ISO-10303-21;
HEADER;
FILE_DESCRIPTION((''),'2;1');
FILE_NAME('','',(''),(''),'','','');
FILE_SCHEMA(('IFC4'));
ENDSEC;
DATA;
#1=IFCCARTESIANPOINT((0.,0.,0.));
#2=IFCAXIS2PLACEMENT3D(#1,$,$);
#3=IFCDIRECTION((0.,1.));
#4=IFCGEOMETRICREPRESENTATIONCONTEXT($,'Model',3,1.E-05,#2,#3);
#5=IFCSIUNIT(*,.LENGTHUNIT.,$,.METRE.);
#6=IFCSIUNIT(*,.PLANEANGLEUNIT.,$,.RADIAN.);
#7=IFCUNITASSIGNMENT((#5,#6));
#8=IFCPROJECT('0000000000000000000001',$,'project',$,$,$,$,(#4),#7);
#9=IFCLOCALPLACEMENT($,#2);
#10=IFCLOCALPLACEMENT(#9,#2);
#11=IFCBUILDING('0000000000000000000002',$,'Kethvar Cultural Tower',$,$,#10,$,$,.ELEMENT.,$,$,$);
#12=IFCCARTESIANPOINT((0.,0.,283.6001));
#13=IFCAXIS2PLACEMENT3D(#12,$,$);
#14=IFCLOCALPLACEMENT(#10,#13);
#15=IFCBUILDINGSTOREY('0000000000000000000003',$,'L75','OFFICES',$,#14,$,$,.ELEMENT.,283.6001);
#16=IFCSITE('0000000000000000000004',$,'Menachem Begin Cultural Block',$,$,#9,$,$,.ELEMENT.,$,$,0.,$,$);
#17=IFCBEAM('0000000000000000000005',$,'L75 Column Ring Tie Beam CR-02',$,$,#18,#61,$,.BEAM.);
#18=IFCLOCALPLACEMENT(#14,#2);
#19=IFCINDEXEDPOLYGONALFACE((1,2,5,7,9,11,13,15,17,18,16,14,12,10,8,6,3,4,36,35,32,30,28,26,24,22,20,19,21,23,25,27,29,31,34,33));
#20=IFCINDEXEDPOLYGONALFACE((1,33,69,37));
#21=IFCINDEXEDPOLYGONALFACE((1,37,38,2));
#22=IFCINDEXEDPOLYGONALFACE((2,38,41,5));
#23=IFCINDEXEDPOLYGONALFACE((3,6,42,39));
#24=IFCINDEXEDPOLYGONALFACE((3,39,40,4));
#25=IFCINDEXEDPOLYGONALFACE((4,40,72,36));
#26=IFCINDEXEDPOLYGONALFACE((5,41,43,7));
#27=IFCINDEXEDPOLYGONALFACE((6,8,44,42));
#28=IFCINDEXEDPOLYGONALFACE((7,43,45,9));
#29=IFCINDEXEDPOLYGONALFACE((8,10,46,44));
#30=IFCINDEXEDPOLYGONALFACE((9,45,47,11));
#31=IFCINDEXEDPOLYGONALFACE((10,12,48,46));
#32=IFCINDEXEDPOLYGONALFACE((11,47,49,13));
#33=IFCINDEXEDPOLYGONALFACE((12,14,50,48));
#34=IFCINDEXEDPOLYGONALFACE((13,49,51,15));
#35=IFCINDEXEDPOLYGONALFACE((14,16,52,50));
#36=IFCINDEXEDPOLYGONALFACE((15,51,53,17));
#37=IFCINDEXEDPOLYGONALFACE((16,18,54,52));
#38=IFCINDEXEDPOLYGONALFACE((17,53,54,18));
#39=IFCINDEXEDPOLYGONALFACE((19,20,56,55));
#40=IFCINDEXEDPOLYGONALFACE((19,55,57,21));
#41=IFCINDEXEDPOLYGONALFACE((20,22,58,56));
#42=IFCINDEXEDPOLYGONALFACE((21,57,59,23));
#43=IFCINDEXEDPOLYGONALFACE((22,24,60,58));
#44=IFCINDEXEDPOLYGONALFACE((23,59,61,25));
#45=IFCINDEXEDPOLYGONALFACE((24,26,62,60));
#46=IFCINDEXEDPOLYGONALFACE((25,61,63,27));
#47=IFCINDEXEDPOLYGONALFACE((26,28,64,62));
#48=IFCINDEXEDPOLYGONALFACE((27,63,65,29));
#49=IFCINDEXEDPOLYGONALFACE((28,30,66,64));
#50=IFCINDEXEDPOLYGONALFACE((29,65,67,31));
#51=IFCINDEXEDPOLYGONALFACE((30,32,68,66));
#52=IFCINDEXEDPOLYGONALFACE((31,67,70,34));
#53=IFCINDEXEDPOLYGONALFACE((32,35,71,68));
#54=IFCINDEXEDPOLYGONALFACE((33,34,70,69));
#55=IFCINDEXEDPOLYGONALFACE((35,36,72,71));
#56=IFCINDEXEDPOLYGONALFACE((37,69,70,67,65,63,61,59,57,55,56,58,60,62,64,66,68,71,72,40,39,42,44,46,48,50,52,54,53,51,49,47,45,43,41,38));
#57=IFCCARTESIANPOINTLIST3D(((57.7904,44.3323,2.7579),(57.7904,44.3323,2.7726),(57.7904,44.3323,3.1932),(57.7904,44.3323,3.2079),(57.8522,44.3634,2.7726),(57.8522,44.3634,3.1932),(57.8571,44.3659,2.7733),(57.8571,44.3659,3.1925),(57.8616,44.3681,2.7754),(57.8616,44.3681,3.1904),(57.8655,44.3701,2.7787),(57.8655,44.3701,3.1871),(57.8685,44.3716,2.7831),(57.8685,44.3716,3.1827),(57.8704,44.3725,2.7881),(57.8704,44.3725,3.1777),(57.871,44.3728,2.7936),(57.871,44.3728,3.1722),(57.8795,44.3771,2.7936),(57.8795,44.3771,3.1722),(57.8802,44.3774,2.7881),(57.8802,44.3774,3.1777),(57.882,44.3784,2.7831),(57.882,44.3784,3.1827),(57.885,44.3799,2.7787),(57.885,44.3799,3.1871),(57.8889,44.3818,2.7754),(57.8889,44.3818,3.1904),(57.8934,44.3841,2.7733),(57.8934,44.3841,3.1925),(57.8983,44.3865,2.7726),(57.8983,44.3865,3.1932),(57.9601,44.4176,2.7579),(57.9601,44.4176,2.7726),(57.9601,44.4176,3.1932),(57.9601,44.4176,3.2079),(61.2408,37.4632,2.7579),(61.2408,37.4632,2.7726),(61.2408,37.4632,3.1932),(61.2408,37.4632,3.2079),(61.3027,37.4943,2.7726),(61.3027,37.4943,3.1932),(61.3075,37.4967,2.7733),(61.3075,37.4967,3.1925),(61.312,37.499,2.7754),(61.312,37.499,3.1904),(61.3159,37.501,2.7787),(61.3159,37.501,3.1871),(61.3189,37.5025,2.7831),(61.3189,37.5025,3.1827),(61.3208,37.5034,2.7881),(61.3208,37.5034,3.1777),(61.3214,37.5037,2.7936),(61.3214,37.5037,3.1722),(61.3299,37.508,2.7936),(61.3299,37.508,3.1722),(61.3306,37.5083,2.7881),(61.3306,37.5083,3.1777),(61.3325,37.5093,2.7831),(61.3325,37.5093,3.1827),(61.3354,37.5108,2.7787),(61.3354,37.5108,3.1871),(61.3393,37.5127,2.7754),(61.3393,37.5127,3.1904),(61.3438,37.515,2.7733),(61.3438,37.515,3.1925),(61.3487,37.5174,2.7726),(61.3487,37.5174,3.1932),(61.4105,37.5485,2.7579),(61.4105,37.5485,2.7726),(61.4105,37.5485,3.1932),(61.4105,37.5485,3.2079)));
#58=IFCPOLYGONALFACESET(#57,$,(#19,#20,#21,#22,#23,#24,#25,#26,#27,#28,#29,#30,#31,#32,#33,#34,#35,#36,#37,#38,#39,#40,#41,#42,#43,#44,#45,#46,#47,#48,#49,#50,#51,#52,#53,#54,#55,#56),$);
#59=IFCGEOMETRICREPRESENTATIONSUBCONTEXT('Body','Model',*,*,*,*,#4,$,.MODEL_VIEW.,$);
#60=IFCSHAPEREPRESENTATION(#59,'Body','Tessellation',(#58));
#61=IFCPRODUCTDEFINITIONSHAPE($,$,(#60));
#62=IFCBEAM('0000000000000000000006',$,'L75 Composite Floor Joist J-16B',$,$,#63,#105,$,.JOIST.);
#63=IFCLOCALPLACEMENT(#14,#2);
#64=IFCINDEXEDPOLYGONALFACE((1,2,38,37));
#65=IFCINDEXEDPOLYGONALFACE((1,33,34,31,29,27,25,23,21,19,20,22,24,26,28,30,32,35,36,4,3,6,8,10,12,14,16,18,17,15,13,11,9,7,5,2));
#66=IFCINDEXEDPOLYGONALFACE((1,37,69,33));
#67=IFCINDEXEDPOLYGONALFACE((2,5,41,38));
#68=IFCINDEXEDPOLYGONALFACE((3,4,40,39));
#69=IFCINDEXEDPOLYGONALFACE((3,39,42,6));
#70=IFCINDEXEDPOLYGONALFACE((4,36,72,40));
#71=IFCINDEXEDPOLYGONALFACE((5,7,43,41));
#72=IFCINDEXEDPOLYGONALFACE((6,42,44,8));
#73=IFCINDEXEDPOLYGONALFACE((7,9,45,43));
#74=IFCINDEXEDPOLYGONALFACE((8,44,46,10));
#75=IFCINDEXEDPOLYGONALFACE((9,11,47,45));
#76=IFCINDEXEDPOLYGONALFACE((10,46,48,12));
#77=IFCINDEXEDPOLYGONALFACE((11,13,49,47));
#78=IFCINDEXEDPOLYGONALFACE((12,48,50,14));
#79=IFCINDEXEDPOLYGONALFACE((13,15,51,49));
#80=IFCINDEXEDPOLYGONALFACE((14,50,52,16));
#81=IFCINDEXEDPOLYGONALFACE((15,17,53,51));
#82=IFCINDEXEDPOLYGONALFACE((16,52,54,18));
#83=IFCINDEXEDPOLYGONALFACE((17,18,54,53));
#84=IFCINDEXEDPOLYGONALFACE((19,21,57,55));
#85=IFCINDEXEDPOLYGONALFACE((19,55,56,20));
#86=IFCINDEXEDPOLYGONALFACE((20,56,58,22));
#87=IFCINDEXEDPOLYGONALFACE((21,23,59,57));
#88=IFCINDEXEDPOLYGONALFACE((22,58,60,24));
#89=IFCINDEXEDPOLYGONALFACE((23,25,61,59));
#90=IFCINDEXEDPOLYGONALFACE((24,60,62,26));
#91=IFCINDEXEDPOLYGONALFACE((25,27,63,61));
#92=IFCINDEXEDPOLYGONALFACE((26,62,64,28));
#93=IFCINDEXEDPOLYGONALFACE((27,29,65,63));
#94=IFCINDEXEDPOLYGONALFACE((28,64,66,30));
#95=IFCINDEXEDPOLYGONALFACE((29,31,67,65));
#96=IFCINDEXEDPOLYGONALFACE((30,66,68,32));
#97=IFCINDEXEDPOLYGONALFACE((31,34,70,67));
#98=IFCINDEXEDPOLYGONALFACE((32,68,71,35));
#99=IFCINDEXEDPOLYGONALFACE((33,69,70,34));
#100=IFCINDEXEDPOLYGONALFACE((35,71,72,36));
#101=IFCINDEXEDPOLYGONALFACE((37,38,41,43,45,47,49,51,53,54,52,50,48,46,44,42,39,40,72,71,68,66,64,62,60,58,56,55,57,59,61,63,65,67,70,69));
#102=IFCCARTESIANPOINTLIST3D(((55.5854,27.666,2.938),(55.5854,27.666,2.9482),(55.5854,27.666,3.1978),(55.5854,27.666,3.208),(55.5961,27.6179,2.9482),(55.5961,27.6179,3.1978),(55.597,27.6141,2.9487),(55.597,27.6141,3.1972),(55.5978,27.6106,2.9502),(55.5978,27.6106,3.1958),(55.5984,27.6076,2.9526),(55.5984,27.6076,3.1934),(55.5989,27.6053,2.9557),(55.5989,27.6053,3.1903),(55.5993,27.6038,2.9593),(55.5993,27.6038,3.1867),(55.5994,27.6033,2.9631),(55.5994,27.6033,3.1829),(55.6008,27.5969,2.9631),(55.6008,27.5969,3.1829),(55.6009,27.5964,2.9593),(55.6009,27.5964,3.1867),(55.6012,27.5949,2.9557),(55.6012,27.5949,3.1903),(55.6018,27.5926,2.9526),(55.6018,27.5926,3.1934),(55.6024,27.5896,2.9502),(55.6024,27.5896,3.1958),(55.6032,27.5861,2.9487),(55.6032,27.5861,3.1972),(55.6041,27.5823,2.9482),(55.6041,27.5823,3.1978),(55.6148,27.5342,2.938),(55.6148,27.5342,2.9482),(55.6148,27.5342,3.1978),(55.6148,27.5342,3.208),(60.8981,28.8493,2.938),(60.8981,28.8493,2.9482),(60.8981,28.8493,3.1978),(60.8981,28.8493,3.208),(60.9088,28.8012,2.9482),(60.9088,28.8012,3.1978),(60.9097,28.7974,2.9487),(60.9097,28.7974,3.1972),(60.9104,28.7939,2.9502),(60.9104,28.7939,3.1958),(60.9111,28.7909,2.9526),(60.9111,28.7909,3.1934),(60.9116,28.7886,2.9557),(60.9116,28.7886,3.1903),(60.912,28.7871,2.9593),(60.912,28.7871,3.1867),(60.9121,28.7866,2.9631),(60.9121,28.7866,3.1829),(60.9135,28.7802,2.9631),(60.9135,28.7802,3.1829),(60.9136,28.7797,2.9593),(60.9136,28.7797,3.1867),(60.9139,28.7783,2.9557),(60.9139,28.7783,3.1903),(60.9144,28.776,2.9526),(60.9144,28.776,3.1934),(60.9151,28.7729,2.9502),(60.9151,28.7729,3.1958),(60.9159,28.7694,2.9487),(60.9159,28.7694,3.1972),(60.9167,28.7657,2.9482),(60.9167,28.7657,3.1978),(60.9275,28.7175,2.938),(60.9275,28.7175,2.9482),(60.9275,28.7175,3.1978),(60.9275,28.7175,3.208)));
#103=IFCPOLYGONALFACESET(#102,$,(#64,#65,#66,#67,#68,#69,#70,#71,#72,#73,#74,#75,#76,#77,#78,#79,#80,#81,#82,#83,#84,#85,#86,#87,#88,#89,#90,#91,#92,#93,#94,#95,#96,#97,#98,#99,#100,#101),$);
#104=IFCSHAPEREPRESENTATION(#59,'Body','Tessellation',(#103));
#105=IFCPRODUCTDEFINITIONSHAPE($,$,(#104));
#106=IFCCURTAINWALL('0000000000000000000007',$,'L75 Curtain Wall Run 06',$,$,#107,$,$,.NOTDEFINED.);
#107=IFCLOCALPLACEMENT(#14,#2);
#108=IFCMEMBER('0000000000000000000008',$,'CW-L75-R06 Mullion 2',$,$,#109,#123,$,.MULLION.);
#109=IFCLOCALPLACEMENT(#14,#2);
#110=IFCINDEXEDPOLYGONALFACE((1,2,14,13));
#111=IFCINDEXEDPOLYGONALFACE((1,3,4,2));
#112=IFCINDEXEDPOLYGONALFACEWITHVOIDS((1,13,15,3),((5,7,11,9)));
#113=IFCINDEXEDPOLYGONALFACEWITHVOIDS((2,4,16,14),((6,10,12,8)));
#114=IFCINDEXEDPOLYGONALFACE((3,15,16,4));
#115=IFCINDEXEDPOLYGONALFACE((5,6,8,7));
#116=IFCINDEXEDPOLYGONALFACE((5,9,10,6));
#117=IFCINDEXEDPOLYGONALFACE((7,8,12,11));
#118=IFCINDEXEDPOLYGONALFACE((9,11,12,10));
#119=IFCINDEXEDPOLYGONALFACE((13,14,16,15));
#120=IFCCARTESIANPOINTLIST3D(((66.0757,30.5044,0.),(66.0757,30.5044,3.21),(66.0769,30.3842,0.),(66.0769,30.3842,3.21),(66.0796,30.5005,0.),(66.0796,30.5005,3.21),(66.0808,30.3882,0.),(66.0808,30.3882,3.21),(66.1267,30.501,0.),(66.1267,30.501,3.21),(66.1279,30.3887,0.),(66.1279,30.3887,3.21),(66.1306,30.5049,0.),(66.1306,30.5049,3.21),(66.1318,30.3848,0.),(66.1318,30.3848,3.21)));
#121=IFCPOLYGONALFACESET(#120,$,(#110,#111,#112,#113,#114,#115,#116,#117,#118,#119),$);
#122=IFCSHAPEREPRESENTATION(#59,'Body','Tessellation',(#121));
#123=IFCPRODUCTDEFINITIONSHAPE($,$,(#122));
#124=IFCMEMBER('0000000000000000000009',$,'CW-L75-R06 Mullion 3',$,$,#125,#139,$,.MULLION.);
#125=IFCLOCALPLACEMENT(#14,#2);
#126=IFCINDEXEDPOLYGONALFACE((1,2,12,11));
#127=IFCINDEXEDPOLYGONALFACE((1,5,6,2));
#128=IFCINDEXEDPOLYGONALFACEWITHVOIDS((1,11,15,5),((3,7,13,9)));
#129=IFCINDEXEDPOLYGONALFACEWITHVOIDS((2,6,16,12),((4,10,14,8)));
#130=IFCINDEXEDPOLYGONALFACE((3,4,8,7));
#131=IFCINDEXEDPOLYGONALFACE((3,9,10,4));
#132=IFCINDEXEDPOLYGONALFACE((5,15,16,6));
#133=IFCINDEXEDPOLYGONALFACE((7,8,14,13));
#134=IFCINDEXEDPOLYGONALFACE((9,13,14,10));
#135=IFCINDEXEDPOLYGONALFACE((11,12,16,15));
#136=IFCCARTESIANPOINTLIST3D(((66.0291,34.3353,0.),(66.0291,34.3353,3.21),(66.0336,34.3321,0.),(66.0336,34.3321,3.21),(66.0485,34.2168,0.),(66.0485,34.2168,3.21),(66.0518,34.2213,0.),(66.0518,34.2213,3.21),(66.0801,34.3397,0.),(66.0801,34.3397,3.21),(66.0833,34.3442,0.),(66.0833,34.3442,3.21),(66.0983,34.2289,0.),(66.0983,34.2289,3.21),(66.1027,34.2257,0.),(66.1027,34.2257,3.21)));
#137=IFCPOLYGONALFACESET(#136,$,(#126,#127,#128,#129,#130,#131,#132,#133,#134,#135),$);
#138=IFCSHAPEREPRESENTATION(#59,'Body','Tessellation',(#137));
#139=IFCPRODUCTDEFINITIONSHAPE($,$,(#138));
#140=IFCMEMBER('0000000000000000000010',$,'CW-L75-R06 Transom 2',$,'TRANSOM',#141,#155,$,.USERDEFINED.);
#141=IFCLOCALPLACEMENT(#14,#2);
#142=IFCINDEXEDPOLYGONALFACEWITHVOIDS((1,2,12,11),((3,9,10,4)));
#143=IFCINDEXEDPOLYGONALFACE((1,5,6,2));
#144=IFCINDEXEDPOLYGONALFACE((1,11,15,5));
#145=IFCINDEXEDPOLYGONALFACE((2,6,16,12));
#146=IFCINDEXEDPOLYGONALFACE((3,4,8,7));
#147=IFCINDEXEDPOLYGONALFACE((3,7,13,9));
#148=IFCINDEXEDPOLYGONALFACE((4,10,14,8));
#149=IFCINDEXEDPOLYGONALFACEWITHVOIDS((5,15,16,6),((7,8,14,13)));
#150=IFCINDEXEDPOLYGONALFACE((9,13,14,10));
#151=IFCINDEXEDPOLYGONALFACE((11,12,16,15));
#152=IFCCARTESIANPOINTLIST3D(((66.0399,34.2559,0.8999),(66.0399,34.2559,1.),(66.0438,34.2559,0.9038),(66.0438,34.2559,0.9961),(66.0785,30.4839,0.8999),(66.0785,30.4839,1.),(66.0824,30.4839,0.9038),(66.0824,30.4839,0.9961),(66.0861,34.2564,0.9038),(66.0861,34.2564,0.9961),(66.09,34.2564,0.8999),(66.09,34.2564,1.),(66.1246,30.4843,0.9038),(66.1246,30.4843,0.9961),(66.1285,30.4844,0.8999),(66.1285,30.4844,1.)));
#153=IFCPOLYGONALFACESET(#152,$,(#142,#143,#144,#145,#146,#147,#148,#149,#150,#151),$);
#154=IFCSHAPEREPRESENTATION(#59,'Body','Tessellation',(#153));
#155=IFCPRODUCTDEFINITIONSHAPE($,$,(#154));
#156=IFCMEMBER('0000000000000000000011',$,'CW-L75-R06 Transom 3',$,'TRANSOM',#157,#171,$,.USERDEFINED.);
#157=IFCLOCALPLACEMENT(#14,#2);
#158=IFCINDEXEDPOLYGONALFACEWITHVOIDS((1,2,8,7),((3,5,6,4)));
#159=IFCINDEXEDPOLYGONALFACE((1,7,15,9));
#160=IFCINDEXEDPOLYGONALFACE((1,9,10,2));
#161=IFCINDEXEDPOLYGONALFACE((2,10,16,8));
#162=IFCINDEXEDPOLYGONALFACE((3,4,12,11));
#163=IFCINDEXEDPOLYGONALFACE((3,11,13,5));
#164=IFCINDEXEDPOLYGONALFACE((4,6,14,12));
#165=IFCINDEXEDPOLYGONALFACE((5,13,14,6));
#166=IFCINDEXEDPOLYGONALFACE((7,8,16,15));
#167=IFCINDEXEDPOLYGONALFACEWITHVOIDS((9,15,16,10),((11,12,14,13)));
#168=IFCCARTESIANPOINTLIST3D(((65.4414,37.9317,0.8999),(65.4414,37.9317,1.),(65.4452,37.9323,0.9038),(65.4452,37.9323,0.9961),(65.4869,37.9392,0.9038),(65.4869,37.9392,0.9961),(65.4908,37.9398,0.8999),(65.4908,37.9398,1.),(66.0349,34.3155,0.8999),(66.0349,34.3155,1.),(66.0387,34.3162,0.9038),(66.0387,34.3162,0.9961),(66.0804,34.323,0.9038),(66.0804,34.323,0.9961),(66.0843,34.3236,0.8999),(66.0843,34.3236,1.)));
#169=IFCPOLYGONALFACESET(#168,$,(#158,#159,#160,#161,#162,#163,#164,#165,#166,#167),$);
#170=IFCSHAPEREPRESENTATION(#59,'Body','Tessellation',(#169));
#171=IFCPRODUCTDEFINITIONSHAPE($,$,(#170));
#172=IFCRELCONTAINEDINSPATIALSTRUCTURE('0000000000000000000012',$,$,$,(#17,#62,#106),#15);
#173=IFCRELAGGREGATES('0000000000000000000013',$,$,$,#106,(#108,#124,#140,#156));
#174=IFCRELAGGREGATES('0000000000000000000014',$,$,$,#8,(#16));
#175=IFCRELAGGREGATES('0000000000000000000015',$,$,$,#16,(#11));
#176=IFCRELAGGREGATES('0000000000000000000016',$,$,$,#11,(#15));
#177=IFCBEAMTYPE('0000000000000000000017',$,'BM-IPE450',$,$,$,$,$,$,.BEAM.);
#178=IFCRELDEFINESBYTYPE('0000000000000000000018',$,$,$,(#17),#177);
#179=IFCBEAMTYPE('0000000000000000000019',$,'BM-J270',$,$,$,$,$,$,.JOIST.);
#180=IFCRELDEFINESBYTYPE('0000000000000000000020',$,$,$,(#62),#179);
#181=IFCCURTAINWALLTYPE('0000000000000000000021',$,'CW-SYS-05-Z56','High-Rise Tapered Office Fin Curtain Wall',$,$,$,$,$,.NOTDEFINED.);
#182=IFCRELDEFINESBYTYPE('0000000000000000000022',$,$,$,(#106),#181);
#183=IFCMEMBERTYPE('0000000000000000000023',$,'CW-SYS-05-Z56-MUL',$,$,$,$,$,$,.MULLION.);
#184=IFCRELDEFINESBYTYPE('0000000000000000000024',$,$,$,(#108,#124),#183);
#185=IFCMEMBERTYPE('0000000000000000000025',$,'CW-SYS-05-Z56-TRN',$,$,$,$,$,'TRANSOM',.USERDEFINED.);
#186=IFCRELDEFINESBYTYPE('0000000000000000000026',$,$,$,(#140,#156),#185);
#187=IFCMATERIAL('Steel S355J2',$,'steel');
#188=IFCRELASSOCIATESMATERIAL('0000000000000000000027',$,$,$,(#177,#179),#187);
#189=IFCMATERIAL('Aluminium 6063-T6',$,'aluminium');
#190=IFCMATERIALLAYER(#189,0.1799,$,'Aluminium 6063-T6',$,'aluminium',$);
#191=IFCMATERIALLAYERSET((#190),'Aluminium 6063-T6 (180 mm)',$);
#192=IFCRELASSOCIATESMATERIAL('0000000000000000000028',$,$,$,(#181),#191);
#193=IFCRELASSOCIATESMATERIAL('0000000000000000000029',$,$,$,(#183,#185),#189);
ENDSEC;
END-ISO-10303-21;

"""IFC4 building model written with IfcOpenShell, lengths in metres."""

from ifc_helpers import new_model, si_unit, direction, frame, origin, origin_2d, place, context, subcontext, project, spatial, hollow_rectangle, i_section, extrude, source, transform, mapped, material, layer, layer_set, material_profile, profile_set, type_object, element, aggregate, save


model = new_model("IFC4")

# Units and contexts
model_context = context("Model", 3, precision=1e-05, world=origin(), true_north=direction((0.0, 1.0)))
body_context = subcontext(model_context, "Body", "Model", "MODEL_VIEW")
ifc_project = project(units=[si_unit("LENGTHUNIT", "METRE"), si_unit("PLANEANGLEUNIT", "RADIAN")], contexts=[model_context])

# Site, building, storey
site_placement = place(None, origin())
site = spatial("IfcSite", under=ifc_project, at=site_placement, Name="Menachem Begin Cultural Block", CompositionType="ELEMENT", RefElevation=0.0)
building_placement = place(site_placement, origin())
building = spatial("IfcBuilding", under=site, at=building_placement, Name="Kethvar Cultural Tower", CompositionType="ELEMENT")
storey_placement = place(building_placement, frame((0.0, 0.0, 283.6001)))
storey = spatial("IfcBuildingStorey", under=building, at=storey_placement, Name="L75", Description="OFFICES", CompositionType="ELEMENT", Elevation=283.6001)

# Shared definitions
ifc_material_1 = material(Name="Steel S355J2", Category="steel")

# Beams
ifc_material_profile_1 = material_profile(ifc_material_1, i_section(OverallWidth=0.1899, OverallDepth=0.45, WebThickness=0.0095, FlangeThickness=0.0146, FilletRadius=0.021, at=origin_2d()), Name="Steel S355J2 — IPE450")
ifc_profile_set_1 = profile_set([ifc_material_profile_1], Name="Steel S355J2 — IPE450")
beam_type_1 = type_object("IfcBeamType", Name="BM-IPE450", PredefinedType="BEAM", material=ifc_profile_set_1)
ifc_material_profile_2 = material_profile(ifc_material_1, i_section(OverallWidth=0.135, OverallDepth=0.27, WebThickness=0.0066, FlangeThickness=0.0103, FilletRadius=0.0149, at=origin_2d()), Name="Steel S355J2 — IPE270")
ifc_profile_set_2 = profile_set([ifc_material_profile_2], Name="Steel S355J2 — IPE270")
beam_type_2 = type_object("IfcBeamType", Name="BM-J270", PredefinedType="JOIST", material=ifc_profile_set_2)
shared_shape_1 = source(origin(), body_context, "Body", "SweptSolid", [
    extrude(i_section(OverallWidth=0.1899, OverallDepth=0.45, WebThickness=0.0095, FlangeThickness=0.0146, FilletRadius=0.021, at=origin_2d()), origin(), (0.0, 0.0, 1.0), 7.687),
])
beam_1_placement = place(storey_placement, frame((61.3257, 37.5059, 2.9829), z_axis=(-0.448864, 0.8936, 0.0), x_axis=(-0.8936, -0.448864, 0.0)))
element("IfcBeam", 1, at=beam_1_placement, inside=storey, type_object=beam_type_1, Name="L75 Column Ring Tie Beam CR-02", PredefinedType="BEAM", context=body_context, shape_type="MappedRepresentation", body=[
    mapped(shared_shape_1, transform((0.0, 0.0, 0.0), scale=1.0)),
])
shared_shape_2 = source(origin(), body_context, "Body", "SweptSolid", [
    extrude(i_section(OverallWidth=0.135, OverallDepth=0.27, WebThickness=0.0066, FlangeThickness=0.0103, FilletRadius=0.0149, at=origin_2d()), origin(), (0.0, 0.0, 1.0), 5.4429),
])
beam_2_placement = place(storey_placement, frame((55.6001, 27.6001, 3.073), z_axis=(0.97608, 0.21741, 0.0), x_axis=(-0.21741, 0.97608, 0.0)))
element("IfcBeam", 2, at=beam_2_placement, inside=storey, type_object=beam_type_2, Name="L75 Composite Floor Joist J-16B", PredefinedType="JOIST", context=body_context, shape_type="MappedRepresentation", body=[
    mapped(shared_shape_2, transform((0.0, 0.0, 0.0), scale=1.0)),
])

# Curtain wall, members
ifc_material_2 = material(Name="Aluminium 6063-T6", Category="aluminium")
ifc_layer_1 = layer(ifc_material_2, 0.1799, Name="Aluminium 6063-T6", Category="aluminium")
ifc_layer_set_1 = layer_set([ifc_layer_1], Name="Aluminium 6063-T6 (180 mm)")
curtain_wall_type = type_object("IfcCurtainWallType", Name="CW-SYS-05-Z56", Description="High-Rise Tapered Office Fin Curtain Wall", PredefinedType="NOTDEFINED", material=ifc_layer_set_1)
curtain_wall_placement = place(storey_placement, origin())
curtain_wall = element("IfcCurtainWall", 3, at=curtain_wall_placement, inside=storey, type_object=curtain_wall_type, Name="L75 Curtain Wall Run 06", PredefinedType="NOTDEFINED")
ifc_material_profile_3 = material_profile(ifc_material_2, hollow_rectangle(XDim=0.0549, YDim=0.1201, WallThickness=0.0039, at=origin_2d()), Name="Aluminium 6063-T6 — RHS120x55x4")
ifc_profile_set_3 = profile_set([ifc_material_profile_3], Name="Aluminium 6063-T6 — RHS120x55x4")
member_type_1 = type_object("IfcMemberType", Name="CW-SYS-05-Z56-MUL", PredefinedType="MULLION", material=ifc_profile_set_3)
shared_shape_3 = source(origin(), body_context, "Body", "SweptSolid", [
    extrude(hollow_rectangle(XDim=0.0549, YDim=0.1201, WallThickness=0.0039, at=origin_2d()), origin(), (0.0, 0.0, 1.0), 3.21),
])
member_1_placement = place(storey_placement, frame((66.1038, 30.4446, 0.0), z_axis=(0.0, 0.0, 1.0), x_axis=(-0.999948, -0.010175, 0.0)))
member_1 = element("IfcMember", 4, at=member_1_placement, type_object=member_type_1, Name="CW-L75-R06 Mullion 2", PredefinedType="MULLION", context=body_context, shape_type="MappedRepresentation", body=[
    mapped(shared_shape_3, transform((0.0, 0.0, 0.0), scale=1.0)),
])
member_2_placement = place(storey_placement, frame((66.0659, 34.2805, 0.0), z_axis=(0.0, 0.0, 1.0), x_axis=(-0.986799, -0.161948, 0.0)))
member_2 = element("IfcMember", 5, at=member_2_placement, type_object=member_type_1, Name="CW-L75-R06 Mullion 3", PredefinedType="MULLION", context=body_context, shape_type="MappedRepresentation", body=[
    mapped(shared_shape_3, transform((0.0, 0.0, 0.0), scale=1.0)),
])
ifc_material_profile_4 = material_profile(ifc_material_2, hollow_rectangle(XDim=0.05, YDim=0.1001, WallThickness=0.0039, at=origin_2d()), Name="Aluminium 6063-T6 — RHS100x50x4")
ifc_profile_set_4 = profile_set([ifc_material_profile_4], Name="Aluminium 6063-T6 — RHS100x50x4")
member_type_2 = type_object("IfcMemberType", Name="CW-SYS-05-Z56-TRN", ElementType="TRANSOM", PredefinedType="USERDEFINED", material=ifc_profile_set_4)
shared_shape_4 = source(origin(), body_context, "Body", "SweptSolid", [
    extrude(hollow_rectangle(XDim=0.05, YDim=0.1001, WallThickness=0.0039, at=origin_2d()), origin(), (0.0, 0.0, 1.0), 3.7722),
])
member_3_placement = place(storey_placement, frame((66.1035, 30.4841, 0.95), z_axis=(-0.010226, 0.999948, 0.0), x_axis=(-0.999948, -0.010226, 0.0)))
member_3 = element("IfcMember", 6, at=member_3_placement, type_object=member_type_2, Name="CW-L75-R06 Transom 2", ObjectType="TRANSOM", PredefinedType="USERDEFINED", context=body_context, shape_type="MappedRepresentation", body=[
    mapped(shared_shape_4, transform((0.0, 0.0, 0.0), scale=1.0)),
])
shared_shape_5 = source(origin(), body_context, "Body", "SweptSolid", [
    extrude(hollow_rectangle(XDim=0.05, YDim=0.1001, WallThickness=0.0039, at=origin_2d()), origin(), (0.0, 0.0, 1.0), 3.6646),
])
member_4_placement = place(storey_placement, frame((66.0596, 34.3196, 0.95), z_axis=(-0.161957, 0.986798, 0.0), x_axis=(-0.986798, -0.161957, 0.0)))
member_4 = element("IfcMember", 7, at=member_4_placement, type_object=member_type_2, Name="CW-L75-R06 Transom 3", ObjectType="TRANSOM", PredefinedType="USERDEFINED", context=body_context, shape_type="MappedRepresentation", body=[
    mapped(shared_shape_5, transform((0.0, 0.0, 0.0), scale=1.0)),
])
aggregate(curtain_wall, [member_1, member_2, member_3, member_4])

save(model, "model.ifc")
